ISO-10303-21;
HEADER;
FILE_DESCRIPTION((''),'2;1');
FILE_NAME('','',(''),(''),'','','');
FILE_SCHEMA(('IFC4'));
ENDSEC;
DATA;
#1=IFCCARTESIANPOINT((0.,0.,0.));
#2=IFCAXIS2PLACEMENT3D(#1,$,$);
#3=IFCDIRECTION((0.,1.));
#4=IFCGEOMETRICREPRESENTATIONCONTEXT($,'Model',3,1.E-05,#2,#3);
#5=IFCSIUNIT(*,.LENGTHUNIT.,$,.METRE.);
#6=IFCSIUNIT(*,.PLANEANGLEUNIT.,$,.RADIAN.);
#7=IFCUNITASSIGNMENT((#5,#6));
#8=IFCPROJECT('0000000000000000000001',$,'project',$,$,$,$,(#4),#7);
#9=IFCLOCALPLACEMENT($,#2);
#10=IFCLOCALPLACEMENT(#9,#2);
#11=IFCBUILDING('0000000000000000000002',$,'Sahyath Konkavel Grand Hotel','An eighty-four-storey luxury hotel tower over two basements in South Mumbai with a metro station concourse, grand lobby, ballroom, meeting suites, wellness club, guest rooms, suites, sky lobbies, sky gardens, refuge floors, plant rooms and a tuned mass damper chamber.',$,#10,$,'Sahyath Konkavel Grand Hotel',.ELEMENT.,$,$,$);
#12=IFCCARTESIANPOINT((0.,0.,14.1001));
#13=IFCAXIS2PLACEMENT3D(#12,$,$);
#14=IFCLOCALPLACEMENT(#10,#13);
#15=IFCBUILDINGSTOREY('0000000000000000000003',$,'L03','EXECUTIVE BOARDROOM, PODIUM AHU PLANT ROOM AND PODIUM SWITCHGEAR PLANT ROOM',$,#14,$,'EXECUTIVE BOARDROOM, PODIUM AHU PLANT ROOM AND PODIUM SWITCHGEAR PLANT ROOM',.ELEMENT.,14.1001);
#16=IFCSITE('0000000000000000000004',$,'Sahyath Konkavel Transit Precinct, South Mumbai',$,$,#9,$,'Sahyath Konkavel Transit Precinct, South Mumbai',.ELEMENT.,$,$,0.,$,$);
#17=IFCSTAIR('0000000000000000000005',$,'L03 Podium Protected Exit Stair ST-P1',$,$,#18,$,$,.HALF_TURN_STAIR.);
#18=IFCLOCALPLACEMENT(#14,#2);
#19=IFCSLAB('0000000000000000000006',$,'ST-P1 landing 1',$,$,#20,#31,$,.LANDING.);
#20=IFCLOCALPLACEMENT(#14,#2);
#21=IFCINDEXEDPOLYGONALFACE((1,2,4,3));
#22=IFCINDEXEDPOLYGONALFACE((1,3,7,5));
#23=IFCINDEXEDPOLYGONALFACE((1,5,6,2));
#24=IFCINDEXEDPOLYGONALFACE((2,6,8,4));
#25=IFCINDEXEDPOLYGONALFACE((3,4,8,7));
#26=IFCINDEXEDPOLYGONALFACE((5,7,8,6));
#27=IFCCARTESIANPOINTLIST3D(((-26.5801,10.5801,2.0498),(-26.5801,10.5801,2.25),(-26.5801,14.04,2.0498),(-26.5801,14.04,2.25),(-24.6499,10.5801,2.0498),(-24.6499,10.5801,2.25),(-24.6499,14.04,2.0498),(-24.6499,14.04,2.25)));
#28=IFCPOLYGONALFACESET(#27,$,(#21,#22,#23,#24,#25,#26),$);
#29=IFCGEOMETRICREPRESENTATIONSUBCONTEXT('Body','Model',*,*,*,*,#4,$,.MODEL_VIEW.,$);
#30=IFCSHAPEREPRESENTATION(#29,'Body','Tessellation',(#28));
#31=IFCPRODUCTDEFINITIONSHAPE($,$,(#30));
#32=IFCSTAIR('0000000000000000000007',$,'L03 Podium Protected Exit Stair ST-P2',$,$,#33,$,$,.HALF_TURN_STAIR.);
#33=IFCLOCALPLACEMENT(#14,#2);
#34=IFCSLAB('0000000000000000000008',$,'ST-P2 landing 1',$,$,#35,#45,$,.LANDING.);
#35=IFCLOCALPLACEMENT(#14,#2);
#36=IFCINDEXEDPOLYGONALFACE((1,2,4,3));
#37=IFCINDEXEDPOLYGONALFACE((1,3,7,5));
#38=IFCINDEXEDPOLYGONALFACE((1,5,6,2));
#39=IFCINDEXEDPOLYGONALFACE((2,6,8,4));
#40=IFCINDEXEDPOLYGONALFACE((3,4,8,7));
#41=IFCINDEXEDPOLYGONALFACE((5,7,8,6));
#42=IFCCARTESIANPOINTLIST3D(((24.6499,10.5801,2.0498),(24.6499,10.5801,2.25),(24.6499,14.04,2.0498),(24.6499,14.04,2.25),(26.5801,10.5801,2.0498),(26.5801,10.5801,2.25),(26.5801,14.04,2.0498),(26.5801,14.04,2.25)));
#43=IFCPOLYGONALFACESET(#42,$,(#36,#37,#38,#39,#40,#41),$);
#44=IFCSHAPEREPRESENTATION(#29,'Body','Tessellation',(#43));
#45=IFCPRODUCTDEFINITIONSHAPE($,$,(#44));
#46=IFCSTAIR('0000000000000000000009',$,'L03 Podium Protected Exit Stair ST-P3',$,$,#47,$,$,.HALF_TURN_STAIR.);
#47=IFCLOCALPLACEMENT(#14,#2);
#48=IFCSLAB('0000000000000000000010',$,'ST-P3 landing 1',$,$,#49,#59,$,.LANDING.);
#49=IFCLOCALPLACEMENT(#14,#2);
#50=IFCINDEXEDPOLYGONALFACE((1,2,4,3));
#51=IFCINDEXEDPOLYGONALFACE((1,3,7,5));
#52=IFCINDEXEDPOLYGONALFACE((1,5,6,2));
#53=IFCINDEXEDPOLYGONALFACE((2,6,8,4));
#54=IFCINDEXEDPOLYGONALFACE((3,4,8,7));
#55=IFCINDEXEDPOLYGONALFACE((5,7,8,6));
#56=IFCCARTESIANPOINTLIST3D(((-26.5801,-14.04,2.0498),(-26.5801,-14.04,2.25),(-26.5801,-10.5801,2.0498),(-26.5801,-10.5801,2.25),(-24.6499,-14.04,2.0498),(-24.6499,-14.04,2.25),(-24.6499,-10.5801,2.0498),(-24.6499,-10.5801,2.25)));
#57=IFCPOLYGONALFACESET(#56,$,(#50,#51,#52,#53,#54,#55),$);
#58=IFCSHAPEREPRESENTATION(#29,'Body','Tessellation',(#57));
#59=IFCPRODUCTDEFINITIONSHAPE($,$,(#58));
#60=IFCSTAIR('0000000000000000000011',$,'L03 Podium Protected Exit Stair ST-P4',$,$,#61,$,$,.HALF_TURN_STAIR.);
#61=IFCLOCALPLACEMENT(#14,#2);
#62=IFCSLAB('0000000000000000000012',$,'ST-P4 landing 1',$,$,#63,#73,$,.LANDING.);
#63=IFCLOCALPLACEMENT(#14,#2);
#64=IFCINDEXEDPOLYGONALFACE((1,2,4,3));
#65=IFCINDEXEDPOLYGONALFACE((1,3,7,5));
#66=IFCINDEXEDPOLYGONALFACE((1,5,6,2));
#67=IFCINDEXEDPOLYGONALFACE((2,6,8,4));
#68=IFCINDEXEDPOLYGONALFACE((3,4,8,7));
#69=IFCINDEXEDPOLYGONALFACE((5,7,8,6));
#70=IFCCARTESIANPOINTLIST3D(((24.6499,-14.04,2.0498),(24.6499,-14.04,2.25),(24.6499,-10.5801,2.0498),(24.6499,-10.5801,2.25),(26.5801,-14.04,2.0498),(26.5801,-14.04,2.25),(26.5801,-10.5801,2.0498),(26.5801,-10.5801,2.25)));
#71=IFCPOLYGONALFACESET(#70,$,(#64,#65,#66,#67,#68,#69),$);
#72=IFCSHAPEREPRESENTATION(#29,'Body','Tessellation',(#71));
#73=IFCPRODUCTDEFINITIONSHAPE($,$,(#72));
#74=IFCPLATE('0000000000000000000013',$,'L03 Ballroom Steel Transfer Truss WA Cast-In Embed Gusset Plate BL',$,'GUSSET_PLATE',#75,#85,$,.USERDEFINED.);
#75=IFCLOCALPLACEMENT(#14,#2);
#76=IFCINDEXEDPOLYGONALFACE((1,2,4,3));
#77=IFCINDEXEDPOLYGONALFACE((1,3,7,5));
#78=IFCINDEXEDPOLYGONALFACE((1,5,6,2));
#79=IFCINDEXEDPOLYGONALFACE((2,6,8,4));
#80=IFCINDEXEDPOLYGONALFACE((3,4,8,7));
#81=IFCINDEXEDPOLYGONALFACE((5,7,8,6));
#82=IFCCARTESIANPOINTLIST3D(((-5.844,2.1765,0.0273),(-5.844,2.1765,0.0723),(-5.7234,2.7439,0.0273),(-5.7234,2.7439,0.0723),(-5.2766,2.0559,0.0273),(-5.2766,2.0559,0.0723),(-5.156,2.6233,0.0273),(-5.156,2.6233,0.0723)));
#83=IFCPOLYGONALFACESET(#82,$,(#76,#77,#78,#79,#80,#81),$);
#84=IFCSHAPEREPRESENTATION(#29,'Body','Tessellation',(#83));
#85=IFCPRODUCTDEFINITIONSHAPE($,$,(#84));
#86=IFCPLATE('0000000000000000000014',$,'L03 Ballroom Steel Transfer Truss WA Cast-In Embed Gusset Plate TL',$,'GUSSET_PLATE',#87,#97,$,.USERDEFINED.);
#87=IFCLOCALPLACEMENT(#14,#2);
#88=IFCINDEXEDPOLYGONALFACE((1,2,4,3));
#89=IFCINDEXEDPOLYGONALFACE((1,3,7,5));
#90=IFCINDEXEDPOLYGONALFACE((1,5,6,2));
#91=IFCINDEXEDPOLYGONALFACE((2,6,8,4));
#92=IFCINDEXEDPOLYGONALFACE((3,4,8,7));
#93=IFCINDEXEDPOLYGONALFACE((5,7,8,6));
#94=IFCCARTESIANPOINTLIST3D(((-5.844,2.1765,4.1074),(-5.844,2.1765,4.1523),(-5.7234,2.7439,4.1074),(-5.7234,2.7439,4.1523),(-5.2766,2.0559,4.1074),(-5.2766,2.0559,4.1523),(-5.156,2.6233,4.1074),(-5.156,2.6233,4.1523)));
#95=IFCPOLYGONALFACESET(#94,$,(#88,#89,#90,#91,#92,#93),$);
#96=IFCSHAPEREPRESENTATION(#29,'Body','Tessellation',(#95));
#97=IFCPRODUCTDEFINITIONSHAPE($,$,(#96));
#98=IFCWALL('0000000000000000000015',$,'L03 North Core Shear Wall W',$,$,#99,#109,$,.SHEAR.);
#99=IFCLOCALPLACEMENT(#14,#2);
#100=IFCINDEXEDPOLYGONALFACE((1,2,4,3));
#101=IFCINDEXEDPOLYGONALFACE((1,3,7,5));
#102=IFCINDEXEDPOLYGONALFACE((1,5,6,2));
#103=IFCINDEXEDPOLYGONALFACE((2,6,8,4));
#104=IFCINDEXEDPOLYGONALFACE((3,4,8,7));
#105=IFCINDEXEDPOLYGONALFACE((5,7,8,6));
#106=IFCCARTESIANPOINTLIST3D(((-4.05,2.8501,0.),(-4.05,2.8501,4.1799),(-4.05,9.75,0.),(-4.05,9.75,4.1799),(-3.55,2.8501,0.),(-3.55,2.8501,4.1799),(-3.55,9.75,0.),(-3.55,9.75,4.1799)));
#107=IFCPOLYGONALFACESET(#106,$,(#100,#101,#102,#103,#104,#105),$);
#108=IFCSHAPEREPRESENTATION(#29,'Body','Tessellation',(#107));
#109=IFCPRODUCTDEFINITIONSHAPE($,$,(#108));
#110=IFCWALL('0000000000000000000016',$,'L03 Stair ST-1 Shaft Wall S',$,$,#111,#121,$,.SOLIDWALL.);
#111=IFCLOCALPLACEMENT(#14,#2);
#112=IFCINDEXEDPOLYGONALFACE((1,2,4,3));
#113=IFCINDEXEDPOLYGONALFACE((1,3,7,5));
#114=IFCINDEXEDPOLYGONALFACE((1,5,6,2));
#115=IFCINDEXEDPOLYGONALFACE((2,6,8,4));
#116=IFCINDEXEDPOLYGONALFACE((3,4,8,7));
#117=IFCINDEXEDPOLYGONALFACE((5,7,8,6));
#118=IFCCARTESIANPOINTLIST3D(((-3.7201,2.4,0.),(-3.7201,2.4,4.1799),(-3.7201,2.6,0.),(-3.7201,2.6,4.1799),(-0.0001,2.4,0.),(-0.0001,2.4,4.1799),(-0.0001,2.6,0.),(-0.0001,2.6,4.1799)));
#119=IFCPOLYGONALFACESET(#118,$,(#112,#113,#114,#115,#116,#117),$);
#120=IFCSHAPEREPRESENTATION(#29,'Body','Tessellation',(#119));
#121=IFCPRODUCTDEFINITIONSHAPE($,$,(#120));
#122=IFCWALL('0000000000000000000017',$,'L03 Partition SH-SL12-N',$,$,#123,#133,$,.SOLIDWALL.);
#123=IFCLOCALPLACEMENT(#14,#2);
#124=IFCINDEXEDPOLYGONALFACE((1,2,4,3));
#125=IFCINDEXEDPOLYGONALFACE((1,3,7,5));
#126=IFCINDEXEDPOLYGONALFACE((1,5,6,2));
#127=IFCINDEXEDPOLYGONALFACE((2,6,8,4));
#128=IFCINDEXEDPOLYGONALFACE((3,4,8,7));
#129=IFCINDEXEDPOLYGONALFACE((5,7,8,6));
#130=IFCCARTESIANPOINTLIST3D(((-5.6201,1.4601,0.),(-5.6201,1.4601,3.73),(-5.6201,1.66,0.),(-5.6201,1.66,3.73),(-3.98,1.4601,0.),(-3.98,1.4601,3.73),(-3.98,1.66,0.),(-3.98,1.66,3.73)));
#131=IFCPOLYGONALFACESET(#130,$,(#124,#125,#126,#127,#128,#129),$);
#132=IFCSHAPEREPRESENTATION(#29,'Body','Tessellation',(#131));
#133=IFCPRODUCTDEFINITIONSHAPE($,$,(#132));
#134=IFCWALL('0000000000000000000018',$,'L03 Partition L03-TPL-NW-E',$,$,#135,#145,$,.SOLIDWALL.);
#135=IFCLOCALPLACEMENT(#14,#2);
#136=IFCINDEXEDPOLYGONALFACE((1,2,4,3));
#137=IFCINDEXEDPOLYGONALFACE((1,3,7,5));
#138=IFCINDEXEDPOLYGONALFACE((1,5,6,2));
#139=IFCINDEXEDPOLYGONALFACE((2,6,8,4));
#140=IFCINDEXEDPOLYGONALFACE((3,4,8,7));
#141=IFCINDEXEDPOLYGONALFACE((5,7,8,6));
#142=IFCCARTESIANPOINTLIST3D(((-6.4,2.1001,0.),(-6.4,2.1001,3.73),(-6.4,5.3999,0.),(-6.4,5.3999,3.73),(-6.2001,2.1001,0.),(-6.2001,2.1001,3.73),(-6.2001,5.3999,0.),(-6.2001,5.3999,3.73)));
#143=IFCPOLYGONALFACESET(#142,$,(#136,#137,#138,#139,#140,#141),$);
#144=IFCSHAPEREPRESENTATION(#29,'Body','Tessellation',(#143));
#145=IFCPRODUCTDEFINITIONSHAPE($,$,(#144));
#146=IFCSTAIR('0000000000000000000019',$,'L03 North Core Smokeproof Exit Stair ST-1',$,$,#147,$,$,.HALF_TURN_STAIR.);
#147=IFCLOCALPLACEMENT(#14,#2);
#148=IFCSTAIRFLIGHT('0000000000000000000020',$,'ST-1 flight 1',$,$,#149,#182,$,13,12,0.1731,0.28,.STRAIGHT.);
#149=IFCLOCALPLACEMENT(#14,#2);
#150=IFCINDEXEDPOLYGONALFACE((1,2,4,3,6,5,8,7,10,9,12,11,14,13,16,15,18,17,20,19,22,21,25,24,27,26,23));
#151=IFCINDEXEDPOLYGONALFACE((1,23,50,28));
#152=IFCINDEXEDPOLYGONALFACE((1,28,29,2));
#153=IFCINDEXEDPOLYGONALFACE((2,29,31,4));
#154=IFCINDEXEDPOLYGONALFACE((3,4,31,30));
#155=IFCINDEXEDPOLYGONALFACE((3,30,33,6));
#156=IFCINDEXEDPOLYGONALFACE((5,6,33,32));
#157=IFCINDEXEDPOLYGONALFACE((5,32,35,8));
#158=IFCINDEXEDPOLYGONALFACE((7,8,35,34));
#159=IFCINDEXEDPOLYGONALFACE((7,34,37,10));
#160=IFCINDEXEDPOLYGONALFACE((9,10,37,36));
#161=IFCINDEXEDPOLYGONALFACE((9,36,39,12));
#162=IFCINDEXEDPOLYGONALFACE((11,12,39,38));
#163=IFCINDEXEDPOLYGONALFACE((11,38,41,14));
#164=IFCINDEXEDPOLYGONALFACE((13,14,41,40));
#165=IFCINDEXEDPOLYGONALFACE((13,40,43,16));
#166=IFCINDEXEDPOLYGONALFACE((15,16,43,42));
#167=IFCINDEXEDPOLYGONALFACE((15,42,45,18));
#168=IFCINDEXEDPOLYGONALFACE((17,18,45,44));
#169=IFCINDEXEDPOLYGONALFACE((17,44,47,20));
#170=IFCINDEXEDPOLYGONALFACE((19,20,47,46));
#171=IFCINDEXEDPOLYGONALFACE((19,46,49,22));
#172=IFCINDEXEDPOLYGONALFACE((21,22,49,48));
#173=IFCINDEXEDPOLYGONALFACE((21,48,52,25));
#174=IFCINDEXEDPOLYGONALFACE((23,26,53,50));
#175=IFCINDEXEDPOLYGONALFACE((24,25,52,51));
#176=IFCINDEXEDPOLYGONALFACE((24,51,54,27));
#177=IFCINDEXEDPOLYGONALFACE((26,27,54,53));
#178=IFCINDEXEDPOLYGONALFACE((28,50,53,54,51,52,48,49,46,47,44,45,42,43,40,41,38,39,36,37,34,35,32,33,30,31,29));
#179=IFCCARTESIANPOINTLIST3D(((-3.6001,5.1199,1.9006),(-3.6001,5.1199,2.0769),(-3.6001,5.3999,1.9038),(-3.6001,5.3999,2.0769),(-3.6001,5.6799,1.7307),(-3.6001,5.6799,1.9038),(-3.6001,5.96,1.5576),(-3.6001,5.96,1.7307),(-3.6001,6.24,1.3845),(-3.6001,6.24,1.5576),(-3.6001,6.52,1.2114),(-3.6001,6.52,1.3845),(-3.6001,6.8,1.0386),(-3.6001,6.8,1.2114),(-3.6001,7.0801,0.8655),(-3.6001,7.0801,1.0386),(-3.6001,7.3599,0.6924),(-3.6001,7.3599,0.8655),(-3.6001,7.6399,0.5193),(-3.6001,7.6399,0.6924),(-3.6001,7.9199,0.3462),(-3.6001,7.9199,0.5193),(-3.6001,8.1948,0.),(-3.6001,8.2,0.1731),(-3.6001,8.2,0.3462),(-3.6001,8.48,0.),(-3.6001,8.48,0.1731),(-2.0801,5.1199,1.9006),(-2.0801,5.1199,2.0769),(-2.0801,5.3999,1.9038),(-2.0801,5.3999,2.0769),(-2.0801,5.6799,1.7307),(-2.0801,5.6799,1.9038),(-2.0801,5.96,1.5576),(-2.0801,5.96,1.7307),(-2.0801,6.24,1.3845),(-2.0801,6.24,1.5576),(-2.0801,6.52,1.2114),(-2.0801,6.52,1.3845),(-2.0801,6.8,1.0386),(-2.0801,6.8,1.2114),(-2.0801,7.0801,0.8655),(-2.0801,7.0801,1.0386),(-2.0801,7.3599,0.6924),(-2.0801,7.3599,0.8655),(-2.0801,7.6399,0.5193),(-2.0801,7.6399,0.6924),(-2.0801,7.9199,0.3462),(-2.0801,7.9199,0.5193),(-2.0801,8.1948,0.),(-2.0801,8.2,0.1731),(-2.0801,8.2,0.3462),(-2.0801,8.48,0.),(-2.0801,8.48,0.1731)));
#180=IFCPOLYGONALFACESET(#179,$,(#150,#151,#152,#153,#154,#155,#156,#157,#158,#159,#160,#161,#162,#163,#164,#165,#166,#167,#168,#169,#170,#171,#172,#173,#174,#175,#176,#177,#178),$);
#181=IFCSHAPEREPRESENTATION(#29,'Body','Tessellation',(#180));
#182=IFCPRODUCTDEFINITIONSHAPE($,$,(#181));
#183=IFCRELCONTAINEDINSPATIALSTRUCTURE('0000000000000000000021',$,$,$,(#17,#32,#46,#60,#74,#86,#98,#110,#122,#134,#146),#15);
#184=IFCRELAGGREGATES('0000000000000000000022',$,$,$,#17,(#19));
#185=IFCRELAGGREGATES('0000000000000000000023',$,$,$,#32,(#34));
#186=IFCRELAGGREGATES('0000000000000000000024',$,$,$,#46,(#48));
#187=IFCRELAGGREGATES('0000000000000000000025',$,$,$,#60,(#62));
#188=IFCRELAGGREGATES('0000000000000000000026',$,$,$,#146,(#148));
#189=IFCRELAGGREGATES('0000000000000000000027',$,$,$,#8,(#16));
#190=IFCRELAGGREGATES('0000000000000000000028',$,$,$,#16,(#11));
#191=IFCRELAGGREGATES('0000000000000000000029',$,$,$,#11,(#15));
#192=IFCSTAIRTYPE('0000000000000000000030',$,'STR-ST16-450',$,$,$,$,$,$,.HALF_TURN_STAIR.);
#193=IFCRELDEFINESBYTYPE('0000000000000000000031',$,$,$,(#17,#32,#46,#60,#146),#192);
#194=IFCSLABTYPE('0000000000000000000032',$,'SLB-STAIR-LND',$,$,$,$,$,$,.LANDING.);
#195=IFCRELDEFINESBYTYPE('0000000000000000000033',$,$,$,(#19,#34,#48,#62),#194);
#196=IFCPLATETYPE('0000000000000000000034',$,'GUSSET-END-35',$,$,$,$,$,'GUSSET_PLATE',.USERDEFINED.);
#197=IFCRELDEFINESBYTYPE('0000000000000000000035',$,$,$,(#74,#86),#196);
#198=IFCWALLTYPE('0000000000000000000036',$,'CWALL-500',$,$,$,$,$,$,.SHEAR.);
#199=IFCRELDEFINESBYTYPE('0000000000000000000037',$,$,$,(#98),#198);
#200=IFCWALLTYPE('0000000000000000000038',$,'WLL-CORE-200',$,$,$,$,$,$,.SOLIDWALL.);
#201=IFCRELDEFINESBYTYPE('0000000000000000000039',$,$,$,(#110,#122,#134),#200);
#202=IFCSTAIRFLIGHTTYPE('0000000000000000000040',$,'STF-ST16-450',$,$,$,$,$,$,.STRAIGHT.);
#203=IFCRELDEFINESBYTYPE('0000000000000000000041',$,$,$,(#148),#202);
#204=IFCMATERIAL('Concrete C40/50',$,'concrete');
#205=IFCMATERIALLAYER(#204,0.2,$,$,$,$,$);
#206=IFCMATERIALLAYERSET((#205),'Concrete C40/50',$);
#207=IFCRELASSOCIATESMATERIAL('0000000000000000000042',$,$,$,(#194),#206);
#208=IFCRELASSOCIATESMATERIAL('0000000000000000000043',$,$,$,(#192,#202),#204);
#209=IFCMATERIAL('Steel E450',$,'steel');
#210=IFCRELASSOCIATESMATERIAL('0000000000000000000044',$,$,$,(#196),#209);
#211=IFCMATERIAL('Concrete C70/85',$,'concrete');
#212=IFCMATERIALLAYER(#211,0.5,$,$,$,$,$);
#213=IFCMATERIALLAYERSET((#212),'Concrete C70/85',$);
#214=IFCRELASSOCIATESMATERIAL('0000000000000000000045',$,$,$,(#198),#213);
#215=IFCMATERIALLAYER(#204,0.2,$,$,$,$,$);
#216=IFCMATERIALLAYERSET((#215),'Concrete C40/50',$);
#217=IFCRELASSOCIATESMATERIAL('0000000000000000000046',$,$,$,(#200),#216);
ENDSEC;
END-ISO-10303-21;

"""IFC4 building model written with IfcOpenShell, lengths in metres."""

from ifc_helpers import new_model, si_unit, direction, frame, frame_2d, origin, origin_2d, place, context, subcontext, project, spatial, polyline, rectangle, outline, extrude, source, transform, mapped, material, layer, layer_set, type_object, element, aggregate, save


model = new_model("IFC4")

# Units and contexts
model_context = context("Model", 3, precision=1e-05, world=origin(), true_north=direction((0.0, 1.0)))
body_context = subcontext(model_context, "Body", "Model", "MODEL_VIEW")
ifc_project = project(units=[si_unit("LENGTHUNIT", "METRE"), si_unit("PLANEANGLEUNIT", "RADIAN")], contexts=[model_context])

# Site, building, storey
site_placement = place(None, origin())
site = spatial("IfcSite", under=ifc_project, at=site_placement, Name="Sahyath Konkavel Transit Precinct, South Mumbai", LongName="Sahyath Konkavel Transit Precinct, South Mumbai", CompositionType="ELEMENT", RefElevation=0.0)
building_placement = place(site_placement, origin())
building = spatial("IfcBuilding", under=site, at=building_placement, Name="Sahyath Konkavel Grand Hotel", Description="An eighty-four-storey luxury hotel tower over two basements in South Mumbai with a metro station concourse, grand lobby, ballroom, meeting suites, wellness club, guest rooms, suites, sky lobbies, sky gardens, refuge floors, plant rooms and a tuned mass damper chamber.", LongName="Sahyath Konkavel Grand Hotel", CompositionType="ELEMENT")
storey_placement = place(building_placement, frame((0.0, 0.0, 14.1001)))
storey = spatial("IfcBuildingStorey", under=building, at=storey_placement, Name="L03", Description="EXECUTIVE BOARDROOM, PODIUM AHU PLANT ROOM AND PODIUM SWITCHGEAR PLANT ROOM", LongName="EXECUTIVE BOARDROOM, PODIUM AHU PLANT ROOM AND PODIUM SWITCHGEAR PLANT ROOM", CompositionType="ELEMENT", Elevation=14.1001)

# Shared definitions
ifc_material_1 = material(Name="Concrete C70/85", Category="concrete")

# Shared definitions
ifc_material_2 = material(Name="Steel E450", Category="steel")

# Shared definitions
ifc_material_3 = material(Name="Concrete C40/50", Category="concrete")
ifc_layer_1 = layer(ifc_material_3, 0.2)
ifc_layer_set_1 = layer_set([ifc_layer_1], Name="Concrete C40/50")
slab_type = type_object("IfcSlabType", Name="SLB-STAIR-LND", PredefinedType="LANDING", material=ifc_layer_set_1)

# Stairs, slabs
stair_type = type_object("IfcStairType", Name="STR-ST16-450", PredefinedType="HALF_TURN_STAIR", material=ifc_material_3)
stair_1_placement = place(storey_placement, origin())
stair_1 = element("IfcStair", 1, at=stair_1_placement, inside=storey, type_object=stair_type, Name="L03 Podium Protected Exit Stair ST-P1", PredefinedType="HALF_TURN_STAIR")
slab_1_placement = place(storey_placement, frame((0.0, 0.0, 2.0498)))
slab_1 = element("IfcSlab", 2, at=slab_1_placement, type_object=slab_type, Name="ST-P1 landing 1", PredefinedType="LANDING", context=body_context, shape_type="SweptSolid", body=[
    extrude(outline(polyline([(-24.6499, 14.04), (-26.5801, 14.04), (-26.5801, 10.5801), (-24.6499, 10.5801), (-24.6499, 14.04)])), origin(), (0.0, 0.0, 1.0), 0.2002),
])
aggregate(stair_1, [slab_1])
stair_2_placement = place(storey_placement, origin())
stair_2 = element("IfcStair", 3, at=stair_2_placement, inside=storey, type_object=stair_type, Name="L03 Podium Protected Exit Stair ST-P2", PredefinedType="HALF_TURN_STAIR")
slab_2_placement = place(storey_placement, frame((0.0, 0.0, 2.0498)))
slab_2 = element("IfcSlab", 4, at=slab_2_placement, type_object=slab_type, Name="ST-P2 landing 1", PredefinedType="LANDING", context=body_context, shape_type="SweptSolid", body=[
    extrude(outline(polyline([(24.6499, 10.5801), (26.5801, 10.5801), (26.5801, 14.04), (24.6499, 14.04), (24.6499, 10.5801)])), origin(), (0.0, 0.0, 1.0), 0.2002),
])
aggregate(stair_2, [slab_2])
stair_3_placement = place(storey_placement, origin())
stair_3 = element("IfcStair", 5, at=stair_3_placement, inside=storey, type_object=stair_type, Name="L03 Podium Protected Exit Stair ST-P3", PredefinedType="HALF_TURN_STAIR")
slab_3_placement = place(storey_placement, frame((0.0, 0.0, 2.0498)))
slab_3 = element("IfcSlab", 6, at=slab_3_placement, type_object=slab_type, Name="ST-P3 landing 1", PredefinedType="LANDING", context=body_context, shape_type="SweptSolid", body=[
    extrude(outline(polyline([(-24.6499, -10.5801), (-26.5801, -10.5801), (-26.5801, -14.04), (-24.6499, -14.04), (-24.6499, -10.5801)])), origin(), (0.0, 0.0, 1.0), 0.2002),
])
aggregate(stair_3, [slab_3])
stair_4_placement = place(storey_placement, origin())
stair_4 = element("IfcStair", 7, at=stair_4_placement, inside=storey, type_object=stair_type, Name="L03 Podium Protected Exit Stair ST-P4", PredefinedType="HALF_TURN_STAIR")
slab_4_placement = place(storey_placement, frame((0.0, 0.0, 2.0498)))
slab_4 = element("IfcSlab", 8, at=slab_4_placement, type_object=slab_type, Name="ST-P4 landing 1", PredefinedType="LANDING", context=body_context, shape_type="SweptSolid", body=[
    extrude(outline(polyline([(24.6499, -14.04), (26.5801, -14.04), (26.5801, -10.5801), (24.6499, -10.5801), (24.6499, -14.04)])), origin(), (0.0, 0.0, 1.0), 0.2002),
])
aggregate(stair_4, [slab_4])

# Plates
plate_type = type_object("IfcPlateType", Name="GUSSET-END-35", ElementType="GUSSET_PLATE", PredefinedType="USERDEFINED", material=ifc_material_2)
shared_shape_1 = source(origin(), body_context, "Body", "SweptSolid", [
    extrude(rectangle(XDim=0.5801, YDim=0.5801, at=origin_2d()), origin(), (0.0, 0.0, 1.0), 0.0449),
])
for number, where, z_axis, x_axis, name in (
    (9, (-5.5, 2.3999, 0.0273), (0.0, 0.0, 1.0), (-0.978144, 0.207929, 0.0), "L03 Ballroom Steel Transfer Truss WA Cast-In Embed Gusset Plate BL"),
    (10, (-5.5, 2.3999, 4.1074), (0.0, 0.0, 1.0), (-0.978144, 0.207929, 0.0), "L03 Ballroom Steel Transfer Truss WA Cast-In Embed Gusset Plate TL"),
):
    element("IfcPlate", number, at=place(storey_placement, frame(where, z_axis=z_axis, x_axis=x_axis)), inside=storey, type_object=plate_type, Name=name, ObjectType="GUSSET_PLATE", PredefinedType="USERDEFINED", context=body_context, shape_type="MappedRepresentation", body=[
        mapped(shared_shape_1, transform((0.0, 0.0, 0.0), scale=1.0)),
    ])

# Walls
ifc_layer_2 = layer(ifc_material_1, 0.5)
ifc_layer_set_2 = layer_set([ifc_layer_2], Name="Concrete C70/85")
wall_type_1 = type_object("IfcWallType", Name="CWALL-500", PredefinedType="SHEAR", material=ifc_layer_set_2)
wall_1_placement = place(storey_placement, frame((-3.8, 2.8501, 0.0), z_axis=(0.0, 0.0, 1.0), x_axis=(0.0, 1.0, 0.0)))
element("IfcWall", 11, at=wall_1_placement, inside=storey, type_object=wall_type_1, Name="L03 North Core Shear Wall W", PredefinedType="SHEAR", context=body_context, shape_type="SweptSolid", body=[
    extrude(rectangle(XDim=6.8999, YDim=0.5, at=frame_2d((3.45, 0.0))), origin(), (0.0, 0.0, 1.0), 4.1799),
])
ifc_layer_3 = layer(ifc_material_3, 0.2)
ifc_layer_set_3 = layer_set([ifc_layer_3], Name="Concrete C40/50")
wall_type_2 = type_object("IfcWallType", Name="WLL-CORE-200", PredefinedType="SOLIDWALL", material=ifc_layer_set_3)
wall_2_placement = place(storey_placement, frame((-3.72, 2.5, 0.0), z_axis=(0.0, 0.0, 1.0), x_axis=(1.0, 0.0, 0.0)))
element("IfcWall", 12, at=wall_2_placement, inside=storey, type_object=wall_type_2, Name="L03 Stair ST-1 Shaft Wall S", PredefinedType="SOLIDWALL", context=body_context, shape_type="SweptSolid", body=[
    extrude(rectangle(XDim=3.72, YDim=0.2, at=frame_2d((1.8599, 0.0))), origin(), (0.0, 0.0, 1.0), 4.1799),
])
wall_3_placement = place(storey_placement, frame((-5.6201, 1.5601, 0.0), z_axis=(0.0, 0.0, 1.0), x_axis=(1.0, 0.0, 0.0)))
element("IfcWall", 13, at=wall_3_placement, inside=storey, type_object=wall_type_2, Name="L03 Partition SH-SL12-N", PredefinedType="SOLIDWALL", context=body_context, shape_type="SweptSolid", body=[
    extrude(rectangle(XDim=1.6401, YDim=0.2, at=frame_2d((0.8201, 0.0))), origin(), (0.0, 0.0, 1.0), 3.73),
])
wall_4_placement = place(storey_placement, frame((-6.3, 2.1001, 0.0), z_axis=(0.0, 0.0, 1.0), x_axis=(0.0, 1.0, 0.0)))
element("IfcWall", 14, at=wall_4_placement, inside=storey, type_object=wall_type_2, Name="L03 Partition L03-TPL-NW-E", PredefinedType="SOLIDWALL", context=body_context, shape_type="SweptSolid", body=[
    extrude(rectangle(XDim=3.2998, YDim=0.2, at=frame_2d((1.6499, 0.0))), origin(), (0.0, 0.0, 1.0), 3.73),
])

# Stair, stair flight
stair_5_placement = place(storey_placement, origin())
stair_5 = element("IfcStair", 15, at=stair_5_placement, inside=storey, type_object=stair_type, Name="L03 North Core Smokeproof Exit Stair ST-1", PredefinedType="HALF_TURN_STAIR")
stair_flight_type = type_object("IfcStairFlightType", Name="STF-ST16-450", PredefinedType="STRAIGHT", material=ifc_material_3)
stair_flight_1_placement = place(storey_placement, frame((-2.8401, 8.48, 0.0), z_axis=(0.0, 0.0, 1.0), x_axis=(0.0, -1.0, 0.0)))
stair_flight_1 = element("IfcStairFlight", 16, at=stair_flight_1_placement, type_object=stair_flight_type, Name="ST-1 flight 1", NumberOfRisers=13, NumberOfTreads=12, PredefinedType="STRAIGHT", RiserHeight=0.1731, TreadLength=0.28, context=body_context, shape_type="SweptSolid", body=[
    extrude(outline(polyline([(0.0, 0.0), (0.0, 0.1731), (0.28, 0.1731), (0.28, 0.3462), (0.5601, 0.3462), (0.5601, 0.5193), (0.8401, 0.5193), (0.8401, 0.6924), (1.1201, 0.6924), (1.1201, 0.8655), (1.3999, 0.8655), (1.3999, 1.0386), (1.6799, 1.0386), (1.6799, 1.2114), (1.96, 1.2114), (1.96, 1.3845), (2.24, 1.3845), (2.24, 1.5576), (2.52, 1.5576), (2.52, 1.7307), (2.8, 1.7307), (2.8, 1.9038), (3.0801, 1.9038), (3.0801, 2.0769), (3.3601, 2.0769), (3.3601, 2.25), (3.3601, 1.9006), (0.2852, 0.0), (0.0, 0.0)])), frame((0.0, 0.76, 0.0), z_axis=(0.0, -1.0, 0.0), x_axis=(1.0, 0.0, 0.0)), (0.0, 0.0, 1.0), 1.52),
])
aggregate(stair_5, [stair_flight_1])

save(model, "model.ifc")
